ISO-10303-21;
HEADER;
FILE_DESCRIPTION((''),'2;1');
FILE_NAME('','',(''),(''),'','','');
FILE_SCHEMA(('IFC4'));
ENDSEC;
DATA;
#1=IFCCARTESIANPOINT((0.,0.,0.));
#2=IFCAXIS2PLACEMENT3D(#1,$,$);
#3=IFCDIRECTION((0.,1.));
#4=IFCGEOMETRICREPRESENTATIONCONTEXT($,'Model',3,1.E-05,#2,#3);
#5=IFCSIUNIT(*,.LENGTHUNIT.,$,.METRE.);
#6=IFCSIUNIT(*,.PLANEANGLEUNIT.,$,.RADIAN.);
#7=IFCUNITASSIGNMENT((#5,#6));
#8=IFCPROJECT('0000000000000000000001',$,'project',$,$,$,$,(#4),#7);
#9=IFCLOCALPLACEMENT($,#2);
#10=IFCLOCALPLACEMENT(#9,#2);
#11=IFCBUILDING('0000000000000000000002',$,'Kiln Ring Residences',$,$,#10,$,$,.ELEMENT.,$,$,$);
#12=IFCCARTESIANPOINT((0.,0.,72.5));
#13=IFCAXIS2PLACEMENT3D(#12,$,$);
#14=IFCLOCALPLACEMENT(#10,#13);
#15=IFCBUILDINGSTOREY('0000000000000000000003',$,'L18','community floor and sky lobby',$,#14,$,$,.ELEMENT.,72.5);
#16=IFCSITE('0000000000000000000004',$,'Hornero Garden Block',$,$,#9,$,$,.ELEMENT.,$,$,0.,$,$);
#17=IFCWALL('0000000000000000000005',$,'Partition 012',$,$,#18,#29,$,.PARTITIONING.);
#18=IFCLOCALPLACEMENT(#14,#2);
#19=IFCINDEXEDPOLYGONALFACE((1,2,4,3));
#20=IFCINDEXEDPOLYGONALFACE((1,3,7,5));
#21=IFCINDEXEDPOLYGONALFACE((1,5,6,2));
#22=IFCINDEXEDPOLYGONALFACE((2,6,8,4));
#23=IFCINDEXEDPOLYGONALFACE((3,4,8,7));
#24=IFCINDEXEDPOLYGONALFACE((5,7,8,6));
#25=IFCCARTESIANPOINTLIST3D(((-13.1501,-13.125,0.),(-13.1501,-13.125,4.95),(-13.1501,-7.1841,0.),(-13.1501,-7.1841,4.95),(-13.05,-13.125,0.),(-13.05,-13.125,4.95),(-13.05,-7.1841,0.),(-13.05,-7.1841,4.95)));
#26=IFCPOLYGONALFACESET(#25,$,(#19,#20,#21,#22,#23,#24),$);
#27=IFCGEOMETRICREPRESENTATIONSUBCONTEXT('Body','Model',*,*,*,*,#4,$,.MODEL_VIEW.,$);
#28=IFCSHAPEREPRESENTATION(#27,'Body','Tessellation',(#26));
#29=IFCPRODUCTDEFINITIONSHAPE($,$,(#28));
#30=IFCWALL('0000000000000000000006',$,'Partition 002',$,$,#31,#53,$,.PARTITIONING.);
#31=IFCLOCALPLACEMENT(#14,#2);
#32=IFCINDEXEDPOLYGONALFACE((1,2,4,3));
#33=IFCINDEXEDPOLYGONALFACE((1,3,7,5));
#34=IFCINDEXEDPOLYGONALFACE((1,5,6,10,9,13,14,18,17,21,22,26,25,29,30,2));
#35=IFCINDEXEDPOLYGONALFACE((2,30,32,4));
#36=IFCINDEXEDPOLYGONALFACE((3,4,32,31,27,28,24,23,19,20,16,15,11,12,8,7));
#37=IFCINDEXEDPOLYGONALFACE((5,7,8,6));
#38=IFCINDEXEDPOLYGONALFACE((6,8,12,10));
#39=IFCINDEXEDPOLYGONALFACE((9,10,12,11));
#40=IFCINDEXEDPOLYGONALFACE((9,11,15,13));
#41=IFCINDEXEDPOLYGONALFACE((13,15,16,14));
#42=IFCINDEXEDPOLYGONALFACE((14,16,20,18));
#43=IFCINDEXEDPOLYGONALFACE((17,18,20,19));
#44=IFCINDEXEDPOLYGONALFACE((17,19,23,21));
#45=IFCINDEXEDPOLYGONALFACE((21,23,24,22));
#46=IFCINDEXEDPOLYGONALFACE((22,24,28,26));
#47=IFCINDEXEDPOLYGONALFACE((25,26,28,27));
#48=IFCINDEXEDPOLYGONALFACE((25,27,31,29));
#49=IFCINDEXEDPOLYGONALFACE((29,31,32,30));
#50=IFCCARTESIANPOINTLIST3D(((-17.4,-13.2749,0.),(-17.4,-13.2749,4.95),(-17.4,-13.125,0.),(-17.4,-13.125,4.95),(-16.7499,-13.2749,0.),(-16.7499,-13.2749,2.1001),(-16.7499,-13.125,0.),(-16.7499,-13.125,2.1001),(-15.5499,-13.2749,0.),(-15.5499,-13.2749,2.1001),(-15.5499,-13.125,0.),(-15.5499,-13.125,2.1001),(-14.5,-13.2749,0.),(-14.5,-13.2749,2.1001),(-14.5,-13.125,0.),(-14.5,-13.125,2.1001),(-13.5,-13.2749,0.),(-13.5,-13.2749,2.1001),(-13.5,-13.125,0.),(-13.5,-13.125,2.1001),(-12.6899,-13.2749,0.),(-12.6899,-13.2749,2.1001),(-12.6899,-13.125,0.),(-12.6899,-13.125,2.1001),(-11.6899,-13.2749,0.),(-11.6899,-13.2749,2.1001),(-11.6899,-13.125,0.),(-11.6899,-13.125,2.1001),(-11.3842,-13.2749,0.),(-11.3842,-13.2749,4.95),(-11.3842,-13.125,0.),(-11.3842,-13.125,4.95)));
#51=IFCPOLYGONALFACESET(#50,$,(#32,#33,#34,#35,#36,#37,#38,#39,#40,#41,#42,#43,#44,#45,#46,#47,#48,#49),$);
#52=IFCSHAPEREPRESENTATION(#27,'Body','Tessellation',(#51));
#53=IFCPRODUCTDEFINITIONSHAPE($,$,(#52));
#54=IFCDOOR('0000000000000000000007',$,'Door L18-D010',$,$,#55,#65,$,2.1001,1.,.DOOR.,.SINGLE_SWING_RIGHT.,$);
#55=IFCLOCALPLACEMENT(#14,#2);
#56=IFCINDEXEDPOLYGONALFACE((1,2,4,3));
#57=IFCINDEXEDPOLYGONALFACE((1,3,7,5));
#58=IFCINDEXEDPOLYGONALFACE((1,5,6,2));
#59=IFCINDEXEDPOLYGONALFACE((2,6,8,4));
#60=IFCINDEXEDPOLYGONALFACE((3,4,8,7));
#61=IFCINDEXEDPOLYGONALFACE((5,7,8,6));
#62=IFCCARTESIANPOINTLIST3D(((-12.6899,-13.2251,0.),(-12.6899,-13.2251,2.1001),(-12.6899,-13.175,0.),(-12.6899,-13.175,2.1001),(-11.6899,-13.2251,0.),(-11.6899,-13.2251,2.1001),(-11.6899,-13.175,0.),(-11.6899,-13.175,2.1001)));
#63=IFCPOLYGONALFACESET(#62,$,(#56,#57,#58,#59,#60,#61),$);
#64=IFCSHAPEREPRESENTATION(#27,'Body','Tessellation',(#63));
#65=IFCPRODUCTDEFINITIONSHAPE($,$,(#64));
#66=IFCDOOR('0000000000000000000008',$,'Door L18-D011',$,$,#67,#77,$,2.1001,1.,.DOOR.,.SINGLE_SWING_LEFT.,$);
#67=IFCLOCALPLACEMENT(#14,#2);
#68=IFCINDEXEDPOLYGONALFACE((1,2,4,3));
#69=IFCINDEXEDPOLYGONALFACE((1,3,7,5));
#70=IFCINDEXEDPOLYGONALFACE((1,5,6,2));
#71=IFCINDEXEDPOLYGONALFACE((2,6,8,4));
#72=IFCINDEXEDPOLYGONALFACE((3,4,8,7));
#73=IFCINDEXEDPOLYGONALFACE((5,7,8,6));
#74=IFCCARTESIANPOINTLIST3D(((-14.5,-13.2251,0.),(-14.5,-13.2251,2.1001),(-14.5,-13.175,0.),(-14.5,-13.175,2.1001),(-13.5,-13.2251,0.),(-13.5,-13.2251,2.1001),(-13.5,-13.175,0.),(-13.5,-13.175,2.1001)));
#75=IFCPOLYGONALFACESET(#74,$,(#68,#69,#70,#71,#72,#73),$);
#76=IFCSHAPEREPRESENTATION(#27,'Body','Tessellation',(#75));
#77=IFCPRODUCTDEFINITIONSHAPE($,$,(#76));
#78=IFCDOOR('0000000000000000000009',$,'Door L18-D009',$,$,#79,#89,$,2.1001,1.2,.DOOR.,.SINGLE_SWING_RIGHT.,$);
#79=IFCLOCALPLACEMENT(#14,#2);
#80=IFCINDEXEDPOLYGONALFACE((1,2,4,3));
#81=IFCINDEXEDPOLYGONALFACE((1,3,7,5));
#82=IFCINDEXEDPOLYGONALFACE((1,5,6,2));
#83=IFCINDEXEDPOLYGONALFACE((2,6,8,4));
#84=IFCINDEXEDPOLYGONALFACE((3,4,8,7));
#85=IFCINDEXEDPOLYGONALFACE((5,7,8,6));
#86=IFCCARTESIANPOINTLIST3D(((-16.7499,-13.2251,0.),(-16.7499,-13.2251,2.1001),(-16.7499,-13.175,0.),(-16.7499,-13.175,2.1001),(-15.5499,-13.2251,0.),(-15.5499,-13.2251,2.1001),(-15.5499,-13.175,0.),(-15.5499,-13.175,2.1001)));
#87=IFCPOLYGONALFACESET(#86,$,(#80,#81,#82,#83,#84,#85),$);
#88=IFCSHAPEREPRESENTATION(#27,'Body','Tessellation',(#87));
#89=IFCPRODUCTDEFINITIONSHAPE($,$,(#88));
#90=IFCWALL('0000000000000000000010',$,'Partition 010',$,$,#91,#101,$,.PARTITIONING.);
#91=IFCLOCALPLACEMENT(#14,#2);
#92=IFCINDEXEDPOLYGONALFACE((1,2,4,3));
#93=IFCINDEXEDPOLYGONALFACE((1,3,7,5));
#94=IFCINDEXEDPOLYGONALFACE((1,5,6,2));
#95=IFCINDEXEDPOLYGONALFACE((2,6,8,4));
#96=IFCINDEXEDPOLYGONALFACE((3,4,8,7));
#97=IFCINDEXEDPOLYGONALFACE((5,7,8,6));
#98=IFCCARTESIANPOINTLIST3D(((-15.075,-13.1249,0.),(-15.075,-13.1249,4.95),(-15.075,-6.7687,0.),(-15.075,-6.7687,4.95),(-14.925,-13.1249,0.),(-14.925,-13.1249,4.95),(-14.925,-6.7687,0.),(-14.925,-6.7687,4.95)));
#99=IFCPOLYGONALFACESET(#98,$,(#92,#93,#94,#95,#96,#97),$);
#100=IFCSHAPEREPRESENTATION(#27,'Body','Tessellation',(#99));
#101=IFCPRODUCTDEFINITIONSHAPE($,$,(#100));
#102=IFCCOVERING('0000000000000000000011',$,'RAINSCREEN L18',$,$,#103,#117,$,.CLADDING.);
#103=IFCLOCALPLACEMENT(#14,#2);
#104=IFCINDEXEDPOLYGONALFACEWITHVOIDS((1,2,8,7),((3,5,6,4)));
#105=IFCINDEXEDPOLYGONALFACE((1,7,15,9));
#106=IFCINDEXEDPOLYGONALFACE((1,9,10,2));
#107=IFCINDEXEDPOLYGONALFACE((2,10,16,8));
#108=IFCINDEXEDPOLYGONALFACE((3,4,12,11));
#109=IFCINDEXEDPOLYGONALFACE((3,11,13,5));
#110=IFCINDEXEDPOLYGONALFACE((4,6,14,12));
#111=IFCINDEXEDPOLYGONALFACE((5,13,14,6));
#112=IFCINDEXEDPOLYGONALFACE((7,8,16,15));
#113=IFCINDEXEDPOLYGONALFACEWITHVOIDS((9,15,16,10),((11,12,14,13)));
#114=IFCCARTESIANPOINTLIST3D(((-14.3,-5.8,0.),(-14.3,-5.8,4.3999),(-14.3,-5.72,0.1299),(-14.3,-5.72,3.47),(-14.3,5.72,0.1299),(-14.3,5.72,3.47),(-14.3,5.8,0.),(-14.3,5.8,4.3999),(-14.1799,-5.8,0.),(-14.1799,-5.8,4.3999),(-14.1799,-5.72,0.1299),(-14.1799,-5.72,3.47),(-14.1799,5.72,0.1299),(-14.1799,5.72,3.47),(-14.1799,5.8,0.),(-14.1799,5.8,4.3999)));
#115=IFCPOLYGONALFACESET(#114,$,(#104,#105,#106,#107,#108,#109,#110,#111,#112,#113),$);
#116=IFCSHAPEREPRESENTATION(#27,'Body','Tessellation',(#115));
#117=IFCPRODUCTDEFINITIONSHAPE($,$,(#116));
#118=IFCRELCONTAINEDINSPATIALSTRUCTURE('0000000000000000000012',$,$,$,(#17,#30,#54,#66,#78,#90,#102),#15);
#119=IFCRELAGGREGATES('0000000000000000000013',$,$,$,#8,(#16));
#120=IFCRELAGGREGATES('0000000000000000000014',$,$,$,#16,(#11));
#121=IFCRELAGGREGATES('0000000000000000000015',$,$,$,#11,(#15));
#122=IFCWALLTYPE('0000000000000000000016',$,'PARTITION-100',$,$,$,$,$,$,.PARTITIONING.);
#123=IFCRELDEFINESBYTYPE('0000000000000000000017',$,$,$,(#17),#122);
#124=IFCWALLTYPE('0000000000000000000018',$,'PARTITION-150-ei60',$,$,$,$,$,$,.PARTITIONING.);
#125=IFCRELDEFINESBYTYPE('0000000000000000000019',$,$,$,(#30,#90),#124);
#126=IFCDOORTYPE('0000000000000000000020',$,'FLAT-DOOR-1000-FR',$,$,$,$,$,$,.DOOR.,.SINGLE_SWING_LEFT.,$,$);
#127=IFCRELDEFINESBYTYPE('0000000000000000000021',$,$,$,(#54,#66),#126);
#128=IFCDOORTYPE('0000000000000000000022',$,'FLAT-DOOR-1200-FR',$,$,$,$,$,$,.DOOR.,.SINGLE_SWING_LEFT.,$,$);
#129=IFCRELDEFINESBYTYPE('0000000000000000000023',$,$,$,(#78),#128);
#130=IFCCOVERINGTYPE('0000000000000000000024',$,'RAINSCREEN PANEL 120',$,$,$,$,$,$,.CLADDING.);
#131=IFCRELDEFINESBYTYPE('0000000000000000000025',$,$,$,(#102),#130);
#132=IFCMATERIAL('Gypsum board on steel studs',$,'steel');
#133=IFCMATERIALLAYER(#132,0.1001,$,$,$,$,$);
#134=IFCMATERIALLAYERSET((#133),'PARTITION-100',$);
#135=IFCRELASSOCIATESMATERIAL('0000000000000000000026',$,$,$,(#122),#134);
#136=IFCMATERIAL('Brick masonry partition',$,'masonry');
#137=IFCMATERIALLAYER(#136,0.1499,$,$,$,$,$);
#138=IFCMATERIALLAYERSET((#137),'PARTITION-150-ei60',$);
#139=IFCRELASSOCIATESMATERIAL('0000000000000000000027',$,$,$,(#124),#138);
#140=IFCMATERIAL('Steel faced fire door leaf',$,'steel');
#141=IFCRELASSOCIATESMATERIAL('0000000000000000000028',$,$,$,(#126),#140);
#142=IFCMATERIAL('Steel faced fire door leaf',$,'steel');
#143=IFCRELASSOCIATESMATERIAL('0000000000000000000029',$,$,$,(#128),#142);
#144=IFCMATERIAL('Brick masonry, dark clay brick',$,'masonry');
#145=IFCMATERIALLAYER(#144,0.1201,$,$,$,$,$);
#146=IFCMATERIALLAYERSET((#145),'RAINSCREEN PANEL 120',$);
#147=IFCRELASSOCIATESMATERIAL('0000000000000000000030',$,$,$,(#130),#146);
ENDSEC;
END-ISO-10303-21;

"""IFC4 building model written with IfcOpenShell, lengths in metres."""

from ifc_helpers import new_model, si_unit, direction, frame, frame_2d, origin, place, context, subcontext, project, spatial, polyline, rectangle, outline, extrude, material, layer, layer_set, type_object, element, fill, save


model = new_model("IFC4")

# Units and contexts
model_context = context("Model", 3, precision=1e-05, world=origin(), true_north=direction((0.0, 1.0)))
body_context = subcontext(model_context, "Body", "Model", "MODEL_VIEW")
ifc_project = project(units=[si_unit("LENGTHUNIT", "METRE"), si_unit("PLANEANGLEUNIT", "RADIAN")], contexts=[model_context])

# Site, building, storey
site_placement = place(None, origin())
site = spatial("IfcSite", under=ifc_project, at=site_placement, Name="Hornero Garden Block", CompositionType="ELEMENT", RefElevation=0.0)
building_placement = place(site_placement, origin())
building = spatial("IfcBuilding", under=site, at=building_placement, Name="Kiln Ring Residences", CompositionType="ELEMENT")
storey_placement = place(building_placement, frame((0.0, 0.0, 72.5)))
storey = spatial("IfcBuildingStorey", under=building, at=storey_placement, Name="L18", Description="community floor and sky lobby", CompositionType="ELEMENT", Elevation=72.5)

# Wall
ifc_material_1 = material(Name="Gypsum board on steel studs", Category="steel")
ifc_layer_1 = layer(ifc_material_1, 0.1001)
ifc_layer_set_1 = layer_set([ifc_layer_1], Name="PARTITION-100")
wall_type_1 = type_object("IfcWallType", Name="PARTITION-100", PredefinedType="PARTITIONING", material=ifc_layer_set_1)
wall_1_placement = place(storey_placement, frame((-13.1001, -13.125, 0.0), z_axis=(0.0, 0.0, 1.0), x_axis=(0.0, 1.0, 0.0)))
element("IfcWall", 1, at=wall_1_placement, inside=storey, type_object=wall_type_1, Name="Partition 012", PredefinedType="PARTITIONING", context=body_context, shape_type="SweptSolid", body=[
    extrude(rectangle(XDim=5.9409, YDim=0.1001, at=frame_2d((2.9705, 0.0))), origin(), (0.0, 0.0, 1.0), 4.95),
])

# Wall, openings, doors
ifc_material_2 = material(Name="Brick masonry partition", Category="masonry")
ifc_layer_2 = layer(ifc_material_2, 0.1499)
ifc_layer_set_2 = layer_set([ifc_layer_2], Name="PARTITION-150-ei60")
wall_type_2 = type_object("IfcWallType", Name="PARTITION-150-ei60", PredefinedType="PARTITIONING", material=ifc_layer_set_2)
wall_2_placement = place(storey_placement, frame((-17.3999, -13.2, 0.0), z_axis=(0.0, 0.0, 1.0), x_axis=(1.0, 0.0, 0.0)))
wall_2 = element("IfcWall", 2, at=wall_2_placement, inside=storey, type_object=wall_type_2, Name="Partition 002", PredefinedType="PARTITIONING", context=body_context, shape_type="SweptSolid", body=[
    extrude(rectangle(XDim=6.0159, YDim=0.1499, at=frame_2d((3.0078, 0.0))), origin(), (0.0, 0.0, 1.0), 4.95),
])
opening_1_placement = place(wall_2_placement, frame((0.6499, 0.0, 0.0)))
opening_1 = element("IfcOpeningElement", 3, at=opening_1_placement, cuts=wall_2, PredefinedType="OPENING", context=body_context, shape_type="SweptSolid", body=[
    extrude(rectangle(XDim=1.2, YDim=2.1001, at=frame_2d((0.6001, 1.05))), frame((0.0, 0.085, 0.0), z_axis=(0.0, -1.0, 0.0), x_axis=(1.0, 0.0, 0.0)), (0.0, 0.0, 1.0), 0.1699),
])
opening_2_placement = place(wall_2_placement, frame((4.71, 0.0, 0.0)))
opening_2 = element("IfcOpeningElement", 4, at=opening_2_placement, cuts=wall_2, PredefinedType="OPENING", context=body_context, shape_type="SweptSolid", body=[
    extrude(rectangle(XDim=1.0, YDim=2.1001, at=frame_2d((0.5, 1.05))), frame((0.0, 0.085, 0.0), z_axis=(0.0, -1.0, 0.0), x_axis=(1.0, 0.0, 0.0)), (0.0, 0.0, 1.0), 0.1699),
])
opening_3_placement = place(wall_2_placement, frame((2.8999, 0.0, 0.0)))
opening_3 = element("IfcOpeningElement", 5, at=opening_3_placement, cuts=wall_2, PredefinedType="OPENING", context=body_context, shape_type="SweptSolid", body=[
    extrude(rectangle(XDim=1.0, YDim=2.1001, at=frame_2d((0.5, 1.05))), frame((0.0, 0.085, 0.0), z_axis=(0.0, -1.0, 0.0), x_axis=(1.0, 0.0, 0.0)), (0.0, 0.0, 1.0), 0.1699),
])
ifc_material_3 = material(Name="Steel faced fire door leaf", Category="steel")
door_type_1 = type_object("IfcDoorType", Name="FLAT-DOOR-1000-FR", OperationType="SINGLE_SWING_LEFT", PredefinedType="DOOR", material=ifc_material_3)
door_1_placement = place(opening_2_placement, origin())
door_1 = element("IfcDoor", 6, at=door_1_placement, inside=storey, type_object=door_type_1, Name="Door L18-D010", OperationType="SINGLE_SWING_RIGHT", OverallHeight=2.1001, OverallWidth=1.0, PredefinedType="DOOR", context=body_context, shape_type="SweptSolid", body=[
    extrude(rectangle(XDim=1.0, YDim=2.1001, at=frame_2d((0.5, 1.05))), frame((0.0, 0.0249, 0.0), z_axis=(0.0, -1.0, 0.0), x_axis=(1.0, 0.0, 0.0)), (0.0, 0.0, 1.0), 0.05),
])
fill(opening_2, door_1)
door_2_placement = place(opening_3_placement, origin())
door_2 = element("IfcDoor", 7, at=door_2_placement, inside=storey, type_object=door_type_1, Name="Door L18-D011", OperationType="SINGLE_SWING_LEFT", OverallHeight=2.1001, OverallWidth=1.0, PredefinedType="DOOR", context=body_context, shape_type="SweptSolid", body=[
    extrude(rectangle(XDim=1.0, YDim=2.1001, at=frame_2d((0.5, 1.05))), frame((0.0, 0.0249, 0.0), z_axis=(0.0, -1.0, 0.0), x_axis=(1.0, 0.0, 0.0)), (0.0, 0.0, 1.0), 0.05),
])
fill(opening_3, door_2)
ifc_material_4 = material(Name="Steel faced fire door leaf", Category="steel")
door_type_2 = type_object("IfcDoorType", Name="FLAT-DOOR-1200-FR", OperationType="SINGLE_SWING_LEFT", PredefinedType="DOOR", material=ifc_material_4)
door_3_placement = place(opening_1_placement, origin())
door_3 = element("IfcDoor", 8, at=door_3_placement, inside=storey, type_object=door_type_2, Name="Door L18-D009", OperationType="SINGLE_SWING_RIGHT", OverallHeight=2.1001, OverallWidth=1.2, PredefinedType="DOOR", context=body_context, shape_type="SweptSolid", body=[
    extrude(rectangle(XDim=1.2, YDim=2.1001, at=frame_2d((0.6001, 1.05))), frame((0.0, 0.0249, 0.0), z_axis=(0.0, -1.0, 0.0), x_axis=(1.0, 0.0, 0.0)), (0.0, 0.0, 1.0), 0.05),
])
fill(opening_1, door_3)

# Wall
wall_3_placement = place(storey_placement, frame((-15.0, -13.125, 0.0), z_axis=(0.0, 0.0, 1.0), x_axis=(0.0, 1.0, 0.0)))
element("IfcWall", 9, at=wall_3_placement, inside=storey, type_object=wall_type_2, Name="Partition 010", PredefinedType="PARTITIONING", context=body_context, shape_type="SweptSolid", body=[
    extrude(rectangle(XDim=6.3562, YDim=0.1499, at=frame_2d((3.1782, 0.0))), origin(), (0.0, 0.0, 1.0), 4.95),
])

# Covering
ifc_material_5 = material(Name="Brick masonry, dark clay brick", Category="masonry")
ifc_layer_3 = layer(ifc_material_5, 0.1201)
ifc_layer_set_3 = layer_set([ifc_layer_3], Name="RAINSCREEN PANEL 120")
covering_type = type_object("IfcCoveringType", Name="RAINSCREEN PANEL 120", PredefinedType="CLADDING", material=ifc_layer_set_3)
covering_placement = place(storey_placement, frame((-14.24, -5.8, 0.0), z_axis=(0.0, 0.0, 1.0), x_axis=(0.0, 1.0, 0.0)))
element("IfcCovering", 10, at=covering_placement, inside=storey, type_object=covering_type, Name="RAINSCREEN L18", PredefinedType="CLADDING", context=body_context, shape_type="SweptSolid", body=[
    extrude(outline(polyline([(0.0, 0.0), (11.6001, 0.0), (11.6001, 4.3999), (0.0, 4.3999), (0.0, 0.0)]), holes=[polyline([(0.0801, 3.47), (0.0801, 0.1299), (11.52, 0.1299), (11.52, 3.47), (0.0801, 3.47)])]), frame((0.0, 0.0601, 0.0), z_axis=(0.0, -1.0, 0.0), x_axis=(1.0, 0.0, 0.0)), (0.0, 0.0, 1.0), 0.1201),
])

save(model, "model.ifc")
